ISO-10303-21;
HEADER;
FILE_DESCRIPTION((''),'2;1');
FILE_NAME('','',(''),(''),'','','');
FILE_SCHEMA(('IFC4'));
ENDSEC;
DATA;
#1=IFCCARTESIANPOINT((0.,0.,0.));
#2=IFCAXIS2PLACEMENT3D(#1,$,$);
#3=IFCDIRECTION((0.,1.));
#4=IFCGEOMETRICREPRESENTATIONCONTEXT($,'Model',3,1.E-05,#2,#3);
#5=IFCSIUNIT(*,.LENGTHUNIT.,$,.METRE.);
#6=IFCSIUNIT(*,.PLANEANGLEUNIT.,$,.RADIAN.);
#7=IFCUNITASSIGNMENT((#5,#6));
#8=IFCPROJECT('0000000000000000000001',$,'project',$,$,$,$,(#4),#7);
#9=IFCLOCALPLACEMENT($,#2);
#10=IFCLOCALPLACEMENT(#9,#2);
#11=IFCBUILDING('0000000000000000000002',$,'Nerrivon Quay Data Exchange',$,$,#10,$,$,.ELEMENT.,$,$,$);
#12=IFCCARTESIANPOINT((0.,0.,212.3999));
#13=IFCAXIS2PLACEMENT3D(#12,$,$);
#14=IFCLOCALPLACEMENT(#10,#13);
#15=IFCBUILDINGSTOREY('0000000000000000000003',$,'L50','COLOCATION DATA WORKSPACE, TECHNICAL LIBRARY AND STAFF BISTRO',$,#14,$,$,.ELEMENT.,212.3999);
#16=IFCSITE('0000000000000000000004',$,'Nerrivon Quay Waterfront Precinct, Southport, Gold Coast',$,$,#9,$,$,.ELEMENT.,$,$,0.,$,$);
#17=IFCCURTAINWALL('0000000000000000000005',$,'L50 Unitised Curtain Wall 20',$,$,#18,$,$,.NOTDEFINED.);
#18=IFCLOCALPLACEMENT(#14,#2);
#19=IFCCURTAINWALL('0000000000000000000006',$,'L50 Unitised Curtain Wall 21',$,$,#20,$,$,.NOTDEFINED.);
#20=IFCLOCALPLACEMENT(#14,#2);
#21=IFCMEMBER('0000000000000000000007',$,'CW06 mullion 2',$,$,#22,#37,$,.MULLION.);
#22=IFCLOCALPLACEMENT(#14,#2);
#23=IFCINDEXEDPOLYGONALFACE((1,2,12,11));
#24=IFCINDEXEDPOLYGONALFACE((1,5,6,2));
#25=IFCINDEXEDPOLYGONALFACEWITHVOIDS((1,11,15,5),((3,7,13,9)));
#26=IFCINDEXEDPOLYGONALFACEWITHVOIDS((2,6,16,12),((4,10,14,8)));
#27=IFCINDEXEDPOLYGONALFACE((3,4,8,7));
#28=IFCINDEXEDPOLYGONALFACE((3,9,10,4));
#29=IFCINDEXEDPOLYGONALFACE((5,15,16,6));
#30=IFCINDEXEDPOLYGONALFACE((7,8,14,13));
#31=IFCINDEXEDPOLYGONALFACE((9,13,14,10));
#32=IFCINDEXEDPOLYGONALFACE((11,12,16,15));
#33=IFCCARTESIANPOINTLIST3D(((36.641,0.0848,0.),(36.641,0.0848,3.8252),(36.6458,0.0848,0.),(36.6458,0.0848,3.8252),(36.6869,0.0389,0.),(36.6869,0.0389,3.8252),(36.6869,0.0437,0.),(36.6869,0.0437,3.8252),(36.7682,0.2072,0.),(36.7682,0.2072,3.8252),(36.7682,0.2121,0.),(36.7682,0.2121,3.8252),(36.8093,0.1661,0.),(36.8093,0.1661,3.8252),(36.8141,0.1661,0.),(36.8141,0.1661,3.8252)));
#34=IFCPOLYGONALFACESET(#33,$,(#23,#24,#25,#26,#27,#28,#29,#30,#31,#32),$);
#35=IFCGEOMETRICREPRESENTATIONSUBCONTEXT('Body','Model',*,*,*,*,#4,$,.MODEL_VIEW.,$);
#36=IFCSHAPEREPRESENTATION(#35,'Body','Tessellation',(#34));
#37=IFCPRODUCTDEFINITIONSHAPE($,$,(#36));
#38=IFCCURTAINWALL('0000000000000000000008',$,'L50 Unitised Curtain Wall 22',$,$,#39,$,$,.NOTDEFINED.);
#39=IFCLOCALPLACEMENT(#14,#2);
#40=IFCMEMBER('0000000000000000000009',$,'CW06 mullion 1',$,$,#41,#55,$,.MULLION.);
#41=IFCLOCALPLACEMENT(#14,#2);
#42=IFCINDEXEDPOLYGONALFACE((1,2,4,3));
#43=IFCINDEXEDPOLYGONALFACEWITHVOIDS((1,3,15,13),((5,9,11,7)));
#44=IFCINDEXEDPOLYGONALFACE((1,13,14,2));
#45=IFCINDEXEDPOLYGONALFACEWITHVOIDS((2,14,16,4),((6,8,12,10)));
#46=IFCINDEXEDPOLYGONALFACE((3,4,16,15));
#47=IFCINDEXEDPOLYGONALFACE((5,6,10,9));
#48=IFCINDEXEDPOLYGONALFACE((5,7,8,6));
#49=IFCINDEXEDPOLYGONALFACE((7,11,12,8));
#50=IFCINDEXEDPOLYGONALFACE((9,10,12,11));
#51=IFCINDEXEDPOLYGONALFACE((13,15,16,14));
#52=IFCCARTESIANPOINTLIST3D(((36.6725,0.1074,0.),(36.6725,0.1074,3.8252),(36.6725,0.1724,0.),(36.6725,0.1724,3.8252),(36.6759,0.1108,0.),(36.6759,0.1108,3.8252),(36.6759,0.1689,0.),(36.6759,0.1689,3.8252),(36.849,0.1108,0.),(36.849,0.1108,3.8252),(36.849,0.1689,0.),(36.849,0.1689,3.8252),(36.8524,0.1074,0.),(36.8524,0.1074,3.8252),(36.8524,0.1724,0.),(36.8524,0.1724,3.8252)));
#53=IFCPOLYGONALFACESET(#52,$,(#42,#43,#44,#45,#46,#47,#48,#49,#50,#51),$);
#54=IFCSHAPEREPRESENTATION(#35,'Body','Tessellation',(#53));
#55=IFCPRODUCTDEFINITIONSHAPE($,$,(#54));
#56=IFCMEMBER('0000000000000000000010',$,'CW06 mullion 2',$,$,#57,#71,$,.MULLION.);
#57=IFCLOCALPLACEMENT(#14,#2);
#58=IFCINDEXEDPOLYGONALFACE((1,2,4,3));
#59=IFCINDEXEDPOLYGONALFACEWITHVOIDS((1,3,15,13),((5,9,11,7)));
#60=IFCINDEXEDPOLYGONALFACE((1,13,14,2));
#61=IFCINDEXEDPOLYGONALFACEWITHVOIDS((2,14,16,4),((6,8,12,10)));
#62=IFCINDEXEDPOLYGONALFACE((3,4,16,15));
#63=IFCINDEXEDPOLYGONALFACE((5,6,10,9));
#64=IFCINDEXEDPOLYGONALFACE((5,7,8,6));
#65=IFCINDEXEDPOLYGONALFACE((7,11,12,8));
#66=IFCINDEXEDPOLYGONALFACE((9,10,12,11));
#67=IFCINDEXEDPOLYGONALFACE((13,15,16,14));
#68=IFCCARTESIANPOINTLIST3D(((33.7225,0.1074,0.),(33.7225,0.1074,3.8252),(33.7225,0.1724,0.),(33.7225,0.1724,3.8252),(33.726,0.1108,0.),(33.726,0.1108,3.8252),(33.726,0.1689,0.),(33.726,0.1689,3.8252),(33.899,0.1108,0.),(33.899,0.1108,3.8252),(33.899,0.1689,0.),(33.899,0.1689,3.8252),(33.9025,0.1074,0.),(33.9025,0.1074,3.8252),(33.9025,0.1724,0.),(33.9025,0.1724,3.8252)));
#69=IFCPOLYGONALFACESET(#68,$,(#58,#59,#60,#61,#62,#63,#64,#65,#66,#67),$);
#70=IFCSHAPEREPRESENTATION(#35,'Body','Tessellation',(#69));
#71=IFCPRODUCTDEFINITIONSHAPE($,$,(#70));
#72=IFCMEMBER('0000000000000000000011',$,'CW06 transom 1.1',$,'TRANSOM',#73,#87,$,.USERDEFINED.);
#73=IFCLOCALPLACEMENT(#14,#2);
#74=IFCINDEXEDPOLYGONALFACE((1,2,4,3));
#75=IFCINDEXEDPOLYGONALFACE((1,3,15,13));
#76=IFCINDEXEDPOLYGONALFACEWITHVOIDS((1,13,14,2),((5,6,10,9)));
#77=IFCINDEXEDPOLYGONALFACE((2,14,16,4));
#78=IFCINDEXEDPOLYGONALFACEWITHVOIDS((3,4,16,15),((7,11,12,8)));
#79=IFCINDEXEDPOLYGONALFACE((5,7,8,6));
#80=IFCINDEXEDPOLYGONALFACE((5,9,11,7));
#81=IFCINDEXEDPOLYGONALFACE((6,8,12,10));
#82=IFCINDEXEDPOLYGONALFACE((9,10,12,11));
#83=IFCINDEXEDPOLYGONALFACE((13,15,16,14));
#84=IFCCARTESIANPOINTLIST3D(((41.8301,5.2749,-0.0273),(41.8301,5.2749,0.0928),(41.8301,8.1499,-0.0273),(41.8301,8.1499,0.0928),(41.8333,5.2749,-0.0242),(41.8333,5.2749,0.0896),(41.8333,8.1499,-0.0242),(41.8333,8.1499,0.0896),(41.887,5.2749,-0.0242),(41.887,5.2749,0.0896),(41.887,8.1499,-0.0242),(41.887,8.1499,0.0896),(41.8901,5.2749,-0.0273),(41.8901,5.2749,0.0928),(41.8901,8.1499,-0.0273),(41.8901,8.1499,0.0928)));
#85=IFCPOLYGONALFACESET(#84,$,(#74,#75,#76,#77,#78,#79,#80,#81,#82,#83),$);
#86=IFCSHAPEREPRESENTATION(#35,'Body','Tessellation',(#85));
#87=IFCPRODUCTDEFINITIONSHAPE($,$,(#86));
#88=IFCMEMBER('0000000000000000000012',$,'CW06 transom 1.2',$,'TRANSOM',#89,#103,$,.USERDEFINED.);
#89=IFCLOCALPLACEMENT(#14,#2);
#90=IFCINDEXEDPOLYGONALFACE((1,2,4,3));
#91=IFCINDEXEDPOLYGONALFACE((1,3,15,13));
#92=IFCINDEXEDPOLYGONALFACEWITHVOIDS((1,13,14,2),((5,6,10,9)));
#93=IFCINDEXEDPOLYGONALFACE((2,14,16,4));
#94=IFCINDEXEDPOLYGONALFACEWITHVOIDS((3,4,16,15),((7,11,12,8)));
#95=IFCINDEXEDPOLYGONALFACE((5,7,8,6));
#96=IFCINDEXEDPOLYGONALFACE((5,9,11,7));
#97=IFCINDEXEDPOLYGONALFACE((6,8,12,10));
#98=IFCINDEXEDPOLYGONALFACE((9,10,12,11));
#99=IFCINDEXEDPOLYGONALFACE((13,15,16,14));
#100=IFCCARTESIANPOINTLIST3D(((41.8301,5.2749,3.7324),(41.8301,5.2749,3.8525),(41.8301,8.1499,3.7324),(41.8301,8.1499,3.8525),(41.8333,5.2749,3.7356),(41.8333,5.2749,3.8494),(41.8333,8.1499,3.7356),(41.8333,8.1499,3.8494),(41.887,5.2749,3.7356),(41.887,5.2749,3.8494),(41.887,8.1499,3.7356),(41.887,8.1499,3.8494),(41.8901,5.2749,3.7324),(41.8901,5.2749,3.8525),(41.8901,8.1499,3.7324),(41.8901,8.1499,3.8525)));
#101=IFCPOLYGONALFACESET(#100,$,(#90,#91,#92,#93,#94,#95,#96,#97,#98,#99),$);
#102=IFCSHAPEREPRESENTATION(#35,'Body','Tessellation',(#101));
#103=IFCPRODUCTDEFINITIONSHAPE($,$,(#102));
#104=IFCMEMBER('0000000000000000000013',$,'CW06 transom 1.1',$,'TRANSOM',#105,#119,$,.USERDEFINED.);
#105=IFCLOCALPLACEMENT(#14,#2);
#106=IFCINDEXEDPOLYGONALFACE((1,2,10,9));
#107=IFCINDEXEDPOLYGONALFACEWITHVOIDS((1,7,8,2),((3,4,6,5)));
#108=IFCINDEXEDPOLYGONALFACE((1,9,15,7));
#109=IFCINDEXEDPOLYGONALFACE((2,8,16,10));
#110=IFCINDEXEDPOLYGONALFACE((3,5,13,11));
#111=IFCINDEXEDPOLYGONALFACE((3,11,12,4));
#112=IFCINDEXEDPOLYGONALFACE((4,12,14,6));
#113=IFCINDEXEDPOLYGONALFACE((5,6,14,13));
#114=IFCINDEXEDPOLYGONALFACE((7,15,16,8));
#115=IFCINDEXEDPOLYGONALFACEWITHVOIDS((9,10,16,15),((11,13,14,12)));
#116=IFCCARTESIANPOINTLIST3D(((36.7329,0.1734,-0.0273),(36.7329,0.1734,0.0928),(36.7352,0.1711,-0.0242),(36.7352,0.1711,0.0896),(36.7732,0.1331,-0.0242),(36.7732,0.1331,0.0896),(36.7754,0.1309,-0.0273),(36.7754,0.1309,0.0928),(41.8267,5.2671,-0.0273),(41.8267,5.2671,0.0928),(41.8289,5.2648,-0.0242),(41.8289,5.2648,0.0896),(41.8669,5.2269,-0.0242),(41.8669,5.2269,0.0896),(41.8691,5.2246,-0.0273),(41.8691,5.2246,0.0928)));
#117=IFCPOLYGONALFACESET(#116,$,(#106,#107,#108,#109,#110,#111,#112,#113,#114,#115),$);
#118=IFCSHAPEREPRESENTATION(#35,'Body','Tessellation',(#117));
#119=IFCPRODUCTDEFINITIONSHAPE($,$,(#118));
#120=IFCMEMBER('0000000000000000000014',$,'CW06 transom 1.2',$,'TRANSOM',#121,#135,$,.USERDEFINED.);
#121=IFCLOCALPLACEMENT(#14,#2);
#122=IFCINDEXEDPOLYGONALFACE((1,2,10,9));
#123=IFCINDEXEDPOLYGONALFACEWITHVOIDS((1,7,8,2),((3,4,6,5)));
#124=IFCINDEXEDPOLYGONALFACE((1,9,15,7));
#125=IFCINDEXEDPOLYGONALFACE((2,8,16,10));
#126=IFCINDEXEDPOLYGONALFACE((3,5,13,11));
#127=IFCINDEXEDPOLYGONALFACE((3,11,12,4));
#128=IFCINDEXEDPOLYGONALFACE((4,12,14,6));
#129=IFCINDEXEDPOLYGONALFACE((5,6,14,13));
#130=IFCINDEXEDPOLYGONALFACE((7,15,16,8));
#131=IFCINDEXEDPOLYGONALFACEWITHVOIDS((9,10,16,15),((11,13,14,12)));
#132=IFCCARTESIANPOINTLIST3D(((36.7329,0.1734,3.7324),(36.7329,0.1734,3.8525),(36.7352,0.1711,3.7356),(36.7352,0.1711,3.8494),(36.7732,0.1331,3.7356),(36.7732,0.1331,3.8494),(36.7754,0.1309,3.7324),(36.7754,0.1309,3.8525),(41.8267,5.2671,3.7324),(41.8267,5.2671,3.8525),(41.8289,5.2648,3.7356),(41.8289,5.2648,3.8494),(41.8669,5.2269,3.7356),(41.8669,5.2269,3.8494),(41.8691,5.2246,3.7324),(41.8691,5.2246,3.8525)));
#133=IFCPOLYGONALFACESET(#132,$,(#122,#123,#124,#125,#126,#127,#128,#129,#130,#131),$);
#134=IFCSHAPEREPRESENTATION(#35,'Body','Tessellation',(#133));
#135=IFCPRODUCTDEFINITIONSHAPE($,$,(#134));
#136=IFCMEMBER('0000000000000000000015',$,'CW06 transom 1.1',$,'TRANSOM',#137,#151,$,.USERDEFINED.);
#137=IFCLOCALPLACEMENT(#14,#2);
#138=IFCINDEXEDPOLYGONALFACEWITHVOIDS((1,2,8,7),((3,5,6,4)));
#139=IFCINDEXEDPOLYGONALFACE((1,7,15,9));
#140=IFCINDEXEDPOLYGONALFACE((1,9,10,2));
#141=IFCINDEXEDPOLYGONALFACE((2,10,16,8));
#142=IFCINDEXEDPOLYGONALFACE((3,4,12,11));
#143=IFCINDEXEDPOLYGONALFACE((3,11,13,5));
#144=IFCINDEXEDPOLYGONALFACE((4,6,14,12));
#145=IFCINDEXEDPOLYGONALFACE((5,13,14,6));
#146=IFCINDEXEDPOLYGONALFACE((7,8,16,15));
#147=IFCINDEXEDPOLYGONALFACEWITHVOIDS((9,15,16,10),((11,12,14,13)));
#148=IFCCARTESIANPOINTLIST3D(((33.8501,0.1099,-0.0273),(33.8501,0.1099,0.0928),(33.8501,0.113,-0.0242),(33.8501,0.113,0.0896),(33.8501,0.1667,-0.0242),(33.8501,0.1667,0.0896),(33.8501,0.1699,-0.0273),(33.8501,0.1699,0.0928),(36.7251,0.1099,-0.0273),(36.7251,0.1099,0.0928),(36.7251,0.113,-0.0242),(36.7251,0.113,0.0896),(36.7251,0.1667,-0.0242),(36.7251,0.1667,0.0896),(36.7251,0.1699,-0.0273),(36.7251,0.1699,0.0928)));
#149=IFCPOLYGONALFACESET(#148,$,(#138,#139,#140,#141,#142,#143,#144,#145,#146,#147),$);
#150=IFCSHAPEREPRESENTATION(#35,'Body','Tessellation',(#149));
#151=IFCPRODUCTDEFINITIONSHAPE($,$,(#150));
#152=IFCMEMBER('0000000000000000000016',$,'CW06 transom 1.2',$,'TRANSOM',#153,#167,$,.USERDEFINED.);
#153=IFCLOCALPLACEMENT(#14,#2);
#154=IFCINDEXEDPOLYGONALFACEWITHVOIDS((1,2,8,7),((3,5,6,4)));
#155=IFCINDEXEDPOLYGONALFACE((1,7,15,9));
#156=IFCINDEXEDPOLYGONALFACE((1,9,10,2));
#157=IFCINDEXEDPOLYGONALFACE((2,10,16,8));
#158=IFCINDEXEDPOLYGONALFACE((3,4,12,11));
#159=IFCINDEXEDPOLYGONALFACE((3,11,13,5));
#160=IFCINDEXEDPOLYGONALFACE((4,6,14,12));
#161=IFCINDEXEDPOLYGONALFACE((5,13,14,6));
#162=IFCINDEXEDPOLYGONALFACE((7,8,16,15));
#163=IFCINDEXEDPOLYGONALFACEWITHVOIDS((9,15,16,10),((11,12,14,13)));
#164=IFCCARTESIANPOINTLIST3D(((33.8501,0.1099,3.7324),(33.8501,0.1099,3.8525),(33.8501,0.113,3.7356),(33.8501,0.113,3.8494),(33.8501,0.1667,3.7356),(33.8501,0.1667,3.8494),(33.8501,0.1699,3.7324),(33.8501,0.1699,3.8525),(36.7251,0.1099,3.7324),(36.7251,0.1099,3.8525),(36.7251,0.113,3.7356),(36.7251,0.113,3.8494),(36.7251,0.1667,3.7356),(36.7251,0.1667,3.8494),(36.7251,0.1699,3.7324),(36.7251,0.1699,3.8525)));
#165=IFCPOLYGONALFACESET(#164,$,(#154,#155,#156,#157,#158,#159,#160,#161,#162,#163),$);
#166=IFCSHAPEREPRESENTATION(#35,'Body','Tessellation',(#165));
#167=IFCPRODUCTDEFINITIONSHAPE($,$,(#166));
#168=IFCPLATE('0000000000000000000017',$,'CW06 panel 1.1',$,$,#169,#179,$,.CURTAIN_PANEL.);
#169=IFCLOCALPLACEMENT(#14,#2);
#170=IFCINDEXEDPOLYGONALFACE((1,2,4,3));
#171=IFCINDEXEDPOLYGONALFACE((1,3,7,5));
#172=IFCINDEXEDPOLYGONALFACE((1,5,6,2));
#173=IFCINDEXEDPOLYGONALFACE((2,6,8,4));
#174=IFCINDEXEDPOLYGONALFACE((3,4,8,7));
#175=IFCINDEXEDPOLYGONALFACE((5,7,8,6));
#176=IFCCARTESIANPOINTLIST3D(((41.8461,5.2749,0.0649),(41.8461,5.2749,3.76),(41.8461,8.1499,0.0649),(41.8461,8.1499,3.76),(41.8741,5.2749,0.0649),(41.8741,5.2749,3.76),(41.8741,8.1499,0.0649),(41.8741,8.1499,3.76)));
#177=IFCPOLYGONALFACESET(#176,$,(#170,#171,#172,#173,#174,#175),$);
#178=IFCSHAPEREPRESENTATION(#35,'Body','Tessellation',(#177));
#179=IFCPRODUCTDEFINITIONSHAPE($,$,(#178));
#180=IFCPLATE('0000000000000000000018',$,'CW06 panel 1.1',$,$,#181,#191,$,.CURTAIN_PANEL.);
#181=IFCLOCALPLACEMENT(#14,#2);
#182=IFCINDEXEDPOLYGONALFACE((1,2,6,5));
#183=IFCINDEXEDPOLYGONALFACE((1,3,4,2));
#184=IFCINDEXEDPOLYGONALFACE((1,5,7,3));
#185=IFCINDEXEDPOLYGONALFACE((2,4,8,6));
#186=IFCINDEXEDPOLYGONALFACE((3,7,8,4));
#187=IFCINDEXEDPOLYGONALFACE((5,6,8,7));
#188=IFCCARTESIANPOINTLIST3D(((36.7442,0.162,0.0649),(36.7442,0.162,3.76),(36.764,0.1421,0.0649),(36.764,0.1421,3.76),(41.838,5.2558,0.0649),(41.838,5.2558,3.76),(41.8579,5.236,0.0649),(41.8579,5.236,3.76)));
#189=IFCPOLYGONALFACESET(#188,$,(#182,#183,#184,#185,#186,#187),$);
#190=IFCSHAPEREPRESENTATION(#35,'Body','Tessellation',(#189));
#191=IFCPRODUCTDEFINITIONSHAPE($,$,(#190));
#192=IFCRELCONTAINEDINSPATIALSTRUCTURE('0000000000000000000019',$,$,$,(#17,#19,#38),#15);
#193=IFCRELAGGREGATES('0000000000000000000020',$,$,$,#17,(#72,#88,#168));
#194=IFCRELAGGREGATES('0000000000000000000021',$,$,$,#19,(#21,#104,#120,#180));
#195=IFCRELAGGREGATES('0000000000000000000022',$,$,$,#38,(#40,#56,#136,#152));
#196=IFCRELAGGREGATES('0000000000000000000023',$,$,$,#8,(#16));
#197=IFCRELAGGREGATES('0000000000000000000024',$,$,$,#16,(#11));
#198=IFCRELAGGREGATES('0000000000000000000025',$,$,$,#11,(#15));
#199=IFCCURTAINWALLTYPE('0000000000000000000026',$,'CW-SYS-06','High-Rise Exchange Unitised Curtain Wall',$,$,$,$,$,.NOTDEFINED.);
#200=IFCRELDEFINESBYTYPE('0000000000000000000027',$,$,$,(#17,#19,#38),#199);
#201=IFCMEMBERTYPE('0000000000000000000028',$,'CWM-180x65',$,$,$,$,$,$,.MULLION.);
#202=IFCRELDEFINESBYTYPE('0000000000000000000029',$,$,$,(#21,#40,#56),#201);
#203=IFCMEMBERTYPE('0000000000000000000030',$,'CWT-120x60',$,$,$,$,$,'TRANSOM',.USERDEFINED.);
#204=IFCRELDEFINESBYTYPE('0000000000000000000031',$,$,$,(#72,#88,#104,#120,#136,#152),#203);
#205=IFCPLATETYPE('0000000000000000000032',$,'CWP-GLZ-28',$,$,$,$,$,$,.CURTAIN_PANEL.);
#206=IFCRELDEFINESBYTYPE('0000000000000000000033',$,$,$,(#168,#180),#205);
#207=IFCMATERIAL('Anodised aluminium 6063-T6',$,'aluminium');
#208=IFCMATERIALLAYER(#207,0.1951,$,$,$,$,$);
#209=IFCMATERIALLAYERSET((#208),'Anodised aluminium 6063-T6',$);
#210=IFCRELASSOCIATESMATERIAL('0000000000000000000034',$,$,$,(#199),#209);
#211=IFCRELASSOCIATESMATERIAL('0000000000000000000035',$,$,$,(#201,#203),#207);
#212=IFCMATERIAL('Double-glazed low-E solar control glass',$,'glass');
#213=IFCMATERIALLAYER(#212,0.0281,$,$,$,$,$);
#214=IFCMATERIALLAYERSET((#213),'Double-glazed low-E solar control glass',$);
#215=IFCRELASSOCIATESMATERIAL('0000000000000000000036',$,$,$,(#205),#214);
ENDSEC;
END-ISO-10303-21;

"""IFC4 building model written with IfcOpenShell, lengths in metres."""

from ifc_helpers import new_model, si_unit, direction, frame, origin, origin_2d, place, context, subcontext, project, spatial, rectangle, hollow_rectangle, extrude, material, layer, layer_set, material_profile, profile_set, type_object, element, aggregate, save


model = new_model("IFC4")

# Units and contexts
model_context = context("Model", 3, precision=1e-05, world=origin(), true_north=direction((0.0, 1.0)))
body_context = subcontext(model_context, "Body", "Model", "MODEL_VIEW")
ifc_project = project(units=[si_unit("LENGTHUNIT", "METRE"), si_unit("PLANEANGLEUNIT", "RADIAN")], contexts=[model_context])

# Site, building, storey
site_placement = place(None, origin())
site = spatial("IfcSite", under=ifc_project, at=site_placement, Name="Nerrivon Quay Waterfront Precinct, Southport, Gold Coast", CompositionType="ELEMENT", RefElevation=0.0)
building_placement = place(site_placement, origin())
building = spatial("IfcBuilding", under=site, at=building_placement, Name="Nerrivon Quay Data Exchange", CompositionType="ELEMENT")
storey_placement = place(building_placement, frame((0.0, 0.0, 212.3999)))
storey = spatial("IfcBuildingStorey", under=building, at=storey_placement, Name="L50", Description="COLOCATION DATA WORKSPACE, TECHNICAL LIBRARY AND STAFF BISTRO", CompositionType="ELEMENT", Elevation=212.3999)

# Curtain walls, members
ifc_material_1 = material(Name="Anodised aluminium 6063-T6", Category="aluminium")
ifc_layer_1 = layer(ifc_material_1, 0.1951)
ifc_layer_set_1 = layer_set([ifc_layer_1], Name="Anodised aluminium 6063-T6")
curtain_wall_type = type_object("IfcCurtainWallType", Name="CW-SYS-06", Description="High-Rise Exchange Unitised Curtain Wall", PredefinedType="NOTDEFINED", material=ifc_layer_set_1)
curtain_wall_1_placement = place(storey_placement, origin())
curtain_wall_1 = element("IfcCurtainWall", 1, at=curtain_wall_1_placement, inside=storey, type_object=curtain_wall_type, Name="L50 Unitised Curtain Wall 20", PredefinedType="NOTDEFINED")
ifc_material_profile_1 = material_profile(ifc_material_1, hollow_rectangle(XDim=0.0649, YDim=0.1799, WallThickness=0.0034, at=origin_2d()), Name="ALU-MULL-180x65")
ifc_profile_set_1 = profile_set([ifc_material_profile_1], Name="Anodised aluminium 6063-T6")
member_type_1 = type_object("IfcMemberType", Name="CWM-180x65", PredefinedType="MULLION", material=ifc_profile_set_1)
curtain_wall_2_placement = place(storey_placement, origin())
curtain_wall_2 = element("IfcCurtainWall", 2, at=curtain_wall_2_placement, inside=storey, type_object=curtain_wall_type, Name="L50 Unitised Curtain Wall 21", PredefinedType="NOTDEFINED")
member_1_placement = place(storey_placement, frame((36.7275, 0.1255, 0.0), z_axis=(0.0, 0.0, 1.0), x_axis=(0.707107, -0.707107, 0.0)))
member_1 = element("IfcMember", 3, at=member_1_placement, type_object=member_type_1, Name="CW06 mullion 2", PredefinedType="MULLION", context=body_context, shape_type="SweptSolid", body=[
    extrude(hollow_rectangle(XDim=0.0649, YDim=0.1799, WallThickness=0.0034, at=origin_2d()), origin(), (0.0, 0.0, 1.0), 3.8252),
])
curtain_wall_3_placement = place(storey_placement, origin())
curtain_wall_3 = element("IfcCurtainWall", 4, at=curtain_wall_3_placement, inside=storey, type_object=curtain_wall_type, Name="L50 Unitised Curtain Wall 22", PredefinedType="NOTDEFINED")
member_2_placement = place(storey_placement, frame((36.7625, 0.1399, 0.0), z_axis=(0.0, 0.0, 1.0), x_axis=(0.0, -1.0, 0.0)))
member_2 = element("IfcMember", 5, at=member_2_placement, type_object=member_type_1, Name="CW06 mullion 1", PredefinedType="MULLION", context=body_context, shape_type="SweptSolid", body=[
    extrude(hollow_rectangle(XDim=0.0649, YDim=0.1799, WallThickness=0.0034, at=origin_2d()), origin(), (0.0, 0.0, 1.0), 3.8252),
])
member_3_placement = place(storey_placement, frame((33.8125, 0.1399, 0.0), z_axis=(0.0, 0.0, 1.0), x_axis=(0.0, -1.0, 0.0)))
member_3 = element("IfcMember", 6, at=member_3_placement, type_object=member_type_1, Name="CW06 mullion 2", PredefinedType="MULLION", context=body_context, shape_type="SweptSolid", body=[
    extrude(hollow_rectangle(XDim=0.0649, YDim=0.1799, WallThickness=0.0034, at=origin_2d()), origin(), (0.0, 0.0, 1.0), 3.8252),
])

# Members
ifc_material_profile_2 = material_profile(ifc_material_1, hollow_rectangle(XDim=0.0601, YDim=0.1201, WallThickness=0.0032, at=origin_2d()), Name="ALU-TRAN-120x60")
ifc_profile_set_2 = profile_set([ifc_material_profile_2], Name="Anodised aluminium 6063-T6")
member_type_2 = type_object("IfcMemberType", Name="CWT-120x60", ElementType="TRANSOM", PredefinedType="USERDEFINED", material=ifc_profile_set_2)
member_4_placement = place(storey_placement, frame((41.8601, 8.1499, 0.0327), z_axis=(0.0, -1.0, 0.0), x_axis=(1.0, 0.0, 0.0)))
member_4 = element("IfcMember", 7, at=member_4_placement, type_object=member_type_2, Name="CW06 transom 1.1", ObjectType="TRANSOM", PredefinedType="USERDEFINED", context=body_context, shape_type="SweptSolid", body=[
    extrude(hollow_rectangle(XDim=0.0601, YDim=0.1201, WallThickness=0.0032, at=origin_2d()), origin(), (0.0, 0.0, 1.0), 2.875),
])
member_5_placement = place(storey_placement, frame((41.8601, 8.1499, 3.7925), z_axis=(0.0, -1.0, 0.0), x_axis=(1.0, 0.0, 0.0)))
member_5 = element("IfcMember", 8, at=member_5_placement, type_object=member_type_2, Name="CW06 transom 1.2", ObjectType="TRANSOM", PredefinedType="USERDEFINED", context=body_context, shape_type="SweptSolid", body=[
    extrude(hollow_rectangle(XDim=0.0601, YDim=0.1201, WallThickness=0.0032, at=origin_2d()), origin(), (0.0, 0.0, 1.0), 2.875),
])
member_6_placement = place(storey_placement, frame((41.8479, 5.2458, 0.0327), z_axis=(-0.707107, -0.707107, 0.0), x_axis=(0.707107, -0.707107, 0.0)))
member_6 = element("IfcMember", 9, at=member_6_placement, type_object=member_type_2, Name="CW06 transom 1.1", ObjectType="TRANSOM", PredefinedType="USERDEFINED", context=body_context, shape_type="SweptSolid", body=[
    extrude(hollow_rectangle(XDim=0.0601, YDim=0.1201, WallThickness=0.0032, at=origin_2d()), origin(), (0.0, 0.0, 1.0), 7.2036),
])
member_7_placement = place(storey_placement, frame((41.8479, 5.2458, 3.7925), z_axis=(-0.707107, -0.707107, 0.0), x_axis=(0.707107, -0.707107, 0.0)))
member_7 = element("IfcMember", 10, at=member_7_placement, type_object=member_type_2, Name="CW06 transom 1.2", ObjectType="TRANSOM", PredefinedType="USERDEFINED", context=body_context, shape_type="SweptSolid", body=[
    extrude(hollow_rectangle(XDim=0.0601, YDim=0.1201, WallThickness=0.0032, at=origin_2d()), origin(), (0.0, 0.0, 1.0), 7.2036),
])
member_8_placement = place(storey_placement, frame((36.7251, 0.1399, 0.0327), z_axis=(-1.0, 0.0, 0.0), x_axis=(0.0, -1.0, 0.0)))
member_8 = element("IfcMember", 11, at=member_8_placement, type_object=member_type_2, Name="CW06 transom 1.1", ObjectType="TRANSOM", PredefinedType="USERDEFINED", context=body_context, shape_type="SweptSolid", body=[
    extrude(hollow_rectangle(XDim=0.0601, YDim=0.1201, WallThickness=0.0032, at=origin_2d()), origin(), (0.0, 0.0, 1.0), 2.875),
])
member_9_placement = place(storey_placement, frame((36.7251, 0.1399, 3.7925), z_axis=(-1.0, 0.0, 0.0), x_axis=(0.0, -1.0, 0.0)))
member_9 = element("IfcMember", 12, at=member_9_placement, type_object=member_type_2, Name="CW06 transom 1.2", ObjectType="TRANSOM", PredefinedType="USERDEFINED", context=body_context, shape_type="SweptSolid", body=[
    extrude(hollow_rectangle(XDim=0.0601, YDim=0.1201, WallThickness=0.0032, at=origin_2d()), origin(), (0.0, 0.0, 1.0), 2.875),
])

# Plates
ifc_material_2 = material(Name="Double-glazed low-E solar control glass", Category="glass")
ifc_layer_2 = layer(ifc_material_2, 0.0281)
ifc_layer_set_2 = layer_set([ifc_layer_2], Name="Double-glazed low-E solar control glass")
plate_type = type_object("IfcPlateType", Name="CWP-GLZ-28", PredefinedType="CURTAIN_PANEL", material=ifc_layer_set_2)
plate_1_placement = place(storey_placement, frame((41.8601, 6.7124, 0.0649), z_axis=(0.0, 0.0, 1.0), x_axis=(0.0, -1.0, 0.0)))
plate_1 = element("IfcPlate", 13, at=plate_1_placement, type_object=plate_type, Name="CW06 panel 1.1", PredefinedType="CURTAIN_PANEL", context=body_context, shape_type="SweptSolid", body=[
    extrude(rectangle(XDim=2.875, YDim=0.0281, at=origin_2d()), origin(), (0.0, 0.0, 1.0), 3.6951),
])
aggregate(curtain_wall_1, [member_4, member_5, plate_1])
plate_2_placement = place(storey_placement, frame((39.301, 2.699, 0.0649), z_axis=(0.0, 0.0, 1.0), x_axis=(-0.707107, -0.707107, 0.0)))
plate_2 = element("IfcPlate", 14, at=plate_2_placement, type_object=plate_type, Name="CW06 panel 1.1", PredefinedType="CURTAIN_PANEL", context=body_context, shape_type="SweptSolid", body=[
    extrude(rectangle(XDim=7.2039, YDim=0.0281, at=origin_2d()), origin(), (0.0, 0.0, 1.0), 3.6951),
])
aggregate(curtain_wall_2, [member_1, member_6, member_7, plate_2])
aggregate(curtain_wall_3, [member_2, member_3, member_8, member_9])

save(model, "model.ifc")
